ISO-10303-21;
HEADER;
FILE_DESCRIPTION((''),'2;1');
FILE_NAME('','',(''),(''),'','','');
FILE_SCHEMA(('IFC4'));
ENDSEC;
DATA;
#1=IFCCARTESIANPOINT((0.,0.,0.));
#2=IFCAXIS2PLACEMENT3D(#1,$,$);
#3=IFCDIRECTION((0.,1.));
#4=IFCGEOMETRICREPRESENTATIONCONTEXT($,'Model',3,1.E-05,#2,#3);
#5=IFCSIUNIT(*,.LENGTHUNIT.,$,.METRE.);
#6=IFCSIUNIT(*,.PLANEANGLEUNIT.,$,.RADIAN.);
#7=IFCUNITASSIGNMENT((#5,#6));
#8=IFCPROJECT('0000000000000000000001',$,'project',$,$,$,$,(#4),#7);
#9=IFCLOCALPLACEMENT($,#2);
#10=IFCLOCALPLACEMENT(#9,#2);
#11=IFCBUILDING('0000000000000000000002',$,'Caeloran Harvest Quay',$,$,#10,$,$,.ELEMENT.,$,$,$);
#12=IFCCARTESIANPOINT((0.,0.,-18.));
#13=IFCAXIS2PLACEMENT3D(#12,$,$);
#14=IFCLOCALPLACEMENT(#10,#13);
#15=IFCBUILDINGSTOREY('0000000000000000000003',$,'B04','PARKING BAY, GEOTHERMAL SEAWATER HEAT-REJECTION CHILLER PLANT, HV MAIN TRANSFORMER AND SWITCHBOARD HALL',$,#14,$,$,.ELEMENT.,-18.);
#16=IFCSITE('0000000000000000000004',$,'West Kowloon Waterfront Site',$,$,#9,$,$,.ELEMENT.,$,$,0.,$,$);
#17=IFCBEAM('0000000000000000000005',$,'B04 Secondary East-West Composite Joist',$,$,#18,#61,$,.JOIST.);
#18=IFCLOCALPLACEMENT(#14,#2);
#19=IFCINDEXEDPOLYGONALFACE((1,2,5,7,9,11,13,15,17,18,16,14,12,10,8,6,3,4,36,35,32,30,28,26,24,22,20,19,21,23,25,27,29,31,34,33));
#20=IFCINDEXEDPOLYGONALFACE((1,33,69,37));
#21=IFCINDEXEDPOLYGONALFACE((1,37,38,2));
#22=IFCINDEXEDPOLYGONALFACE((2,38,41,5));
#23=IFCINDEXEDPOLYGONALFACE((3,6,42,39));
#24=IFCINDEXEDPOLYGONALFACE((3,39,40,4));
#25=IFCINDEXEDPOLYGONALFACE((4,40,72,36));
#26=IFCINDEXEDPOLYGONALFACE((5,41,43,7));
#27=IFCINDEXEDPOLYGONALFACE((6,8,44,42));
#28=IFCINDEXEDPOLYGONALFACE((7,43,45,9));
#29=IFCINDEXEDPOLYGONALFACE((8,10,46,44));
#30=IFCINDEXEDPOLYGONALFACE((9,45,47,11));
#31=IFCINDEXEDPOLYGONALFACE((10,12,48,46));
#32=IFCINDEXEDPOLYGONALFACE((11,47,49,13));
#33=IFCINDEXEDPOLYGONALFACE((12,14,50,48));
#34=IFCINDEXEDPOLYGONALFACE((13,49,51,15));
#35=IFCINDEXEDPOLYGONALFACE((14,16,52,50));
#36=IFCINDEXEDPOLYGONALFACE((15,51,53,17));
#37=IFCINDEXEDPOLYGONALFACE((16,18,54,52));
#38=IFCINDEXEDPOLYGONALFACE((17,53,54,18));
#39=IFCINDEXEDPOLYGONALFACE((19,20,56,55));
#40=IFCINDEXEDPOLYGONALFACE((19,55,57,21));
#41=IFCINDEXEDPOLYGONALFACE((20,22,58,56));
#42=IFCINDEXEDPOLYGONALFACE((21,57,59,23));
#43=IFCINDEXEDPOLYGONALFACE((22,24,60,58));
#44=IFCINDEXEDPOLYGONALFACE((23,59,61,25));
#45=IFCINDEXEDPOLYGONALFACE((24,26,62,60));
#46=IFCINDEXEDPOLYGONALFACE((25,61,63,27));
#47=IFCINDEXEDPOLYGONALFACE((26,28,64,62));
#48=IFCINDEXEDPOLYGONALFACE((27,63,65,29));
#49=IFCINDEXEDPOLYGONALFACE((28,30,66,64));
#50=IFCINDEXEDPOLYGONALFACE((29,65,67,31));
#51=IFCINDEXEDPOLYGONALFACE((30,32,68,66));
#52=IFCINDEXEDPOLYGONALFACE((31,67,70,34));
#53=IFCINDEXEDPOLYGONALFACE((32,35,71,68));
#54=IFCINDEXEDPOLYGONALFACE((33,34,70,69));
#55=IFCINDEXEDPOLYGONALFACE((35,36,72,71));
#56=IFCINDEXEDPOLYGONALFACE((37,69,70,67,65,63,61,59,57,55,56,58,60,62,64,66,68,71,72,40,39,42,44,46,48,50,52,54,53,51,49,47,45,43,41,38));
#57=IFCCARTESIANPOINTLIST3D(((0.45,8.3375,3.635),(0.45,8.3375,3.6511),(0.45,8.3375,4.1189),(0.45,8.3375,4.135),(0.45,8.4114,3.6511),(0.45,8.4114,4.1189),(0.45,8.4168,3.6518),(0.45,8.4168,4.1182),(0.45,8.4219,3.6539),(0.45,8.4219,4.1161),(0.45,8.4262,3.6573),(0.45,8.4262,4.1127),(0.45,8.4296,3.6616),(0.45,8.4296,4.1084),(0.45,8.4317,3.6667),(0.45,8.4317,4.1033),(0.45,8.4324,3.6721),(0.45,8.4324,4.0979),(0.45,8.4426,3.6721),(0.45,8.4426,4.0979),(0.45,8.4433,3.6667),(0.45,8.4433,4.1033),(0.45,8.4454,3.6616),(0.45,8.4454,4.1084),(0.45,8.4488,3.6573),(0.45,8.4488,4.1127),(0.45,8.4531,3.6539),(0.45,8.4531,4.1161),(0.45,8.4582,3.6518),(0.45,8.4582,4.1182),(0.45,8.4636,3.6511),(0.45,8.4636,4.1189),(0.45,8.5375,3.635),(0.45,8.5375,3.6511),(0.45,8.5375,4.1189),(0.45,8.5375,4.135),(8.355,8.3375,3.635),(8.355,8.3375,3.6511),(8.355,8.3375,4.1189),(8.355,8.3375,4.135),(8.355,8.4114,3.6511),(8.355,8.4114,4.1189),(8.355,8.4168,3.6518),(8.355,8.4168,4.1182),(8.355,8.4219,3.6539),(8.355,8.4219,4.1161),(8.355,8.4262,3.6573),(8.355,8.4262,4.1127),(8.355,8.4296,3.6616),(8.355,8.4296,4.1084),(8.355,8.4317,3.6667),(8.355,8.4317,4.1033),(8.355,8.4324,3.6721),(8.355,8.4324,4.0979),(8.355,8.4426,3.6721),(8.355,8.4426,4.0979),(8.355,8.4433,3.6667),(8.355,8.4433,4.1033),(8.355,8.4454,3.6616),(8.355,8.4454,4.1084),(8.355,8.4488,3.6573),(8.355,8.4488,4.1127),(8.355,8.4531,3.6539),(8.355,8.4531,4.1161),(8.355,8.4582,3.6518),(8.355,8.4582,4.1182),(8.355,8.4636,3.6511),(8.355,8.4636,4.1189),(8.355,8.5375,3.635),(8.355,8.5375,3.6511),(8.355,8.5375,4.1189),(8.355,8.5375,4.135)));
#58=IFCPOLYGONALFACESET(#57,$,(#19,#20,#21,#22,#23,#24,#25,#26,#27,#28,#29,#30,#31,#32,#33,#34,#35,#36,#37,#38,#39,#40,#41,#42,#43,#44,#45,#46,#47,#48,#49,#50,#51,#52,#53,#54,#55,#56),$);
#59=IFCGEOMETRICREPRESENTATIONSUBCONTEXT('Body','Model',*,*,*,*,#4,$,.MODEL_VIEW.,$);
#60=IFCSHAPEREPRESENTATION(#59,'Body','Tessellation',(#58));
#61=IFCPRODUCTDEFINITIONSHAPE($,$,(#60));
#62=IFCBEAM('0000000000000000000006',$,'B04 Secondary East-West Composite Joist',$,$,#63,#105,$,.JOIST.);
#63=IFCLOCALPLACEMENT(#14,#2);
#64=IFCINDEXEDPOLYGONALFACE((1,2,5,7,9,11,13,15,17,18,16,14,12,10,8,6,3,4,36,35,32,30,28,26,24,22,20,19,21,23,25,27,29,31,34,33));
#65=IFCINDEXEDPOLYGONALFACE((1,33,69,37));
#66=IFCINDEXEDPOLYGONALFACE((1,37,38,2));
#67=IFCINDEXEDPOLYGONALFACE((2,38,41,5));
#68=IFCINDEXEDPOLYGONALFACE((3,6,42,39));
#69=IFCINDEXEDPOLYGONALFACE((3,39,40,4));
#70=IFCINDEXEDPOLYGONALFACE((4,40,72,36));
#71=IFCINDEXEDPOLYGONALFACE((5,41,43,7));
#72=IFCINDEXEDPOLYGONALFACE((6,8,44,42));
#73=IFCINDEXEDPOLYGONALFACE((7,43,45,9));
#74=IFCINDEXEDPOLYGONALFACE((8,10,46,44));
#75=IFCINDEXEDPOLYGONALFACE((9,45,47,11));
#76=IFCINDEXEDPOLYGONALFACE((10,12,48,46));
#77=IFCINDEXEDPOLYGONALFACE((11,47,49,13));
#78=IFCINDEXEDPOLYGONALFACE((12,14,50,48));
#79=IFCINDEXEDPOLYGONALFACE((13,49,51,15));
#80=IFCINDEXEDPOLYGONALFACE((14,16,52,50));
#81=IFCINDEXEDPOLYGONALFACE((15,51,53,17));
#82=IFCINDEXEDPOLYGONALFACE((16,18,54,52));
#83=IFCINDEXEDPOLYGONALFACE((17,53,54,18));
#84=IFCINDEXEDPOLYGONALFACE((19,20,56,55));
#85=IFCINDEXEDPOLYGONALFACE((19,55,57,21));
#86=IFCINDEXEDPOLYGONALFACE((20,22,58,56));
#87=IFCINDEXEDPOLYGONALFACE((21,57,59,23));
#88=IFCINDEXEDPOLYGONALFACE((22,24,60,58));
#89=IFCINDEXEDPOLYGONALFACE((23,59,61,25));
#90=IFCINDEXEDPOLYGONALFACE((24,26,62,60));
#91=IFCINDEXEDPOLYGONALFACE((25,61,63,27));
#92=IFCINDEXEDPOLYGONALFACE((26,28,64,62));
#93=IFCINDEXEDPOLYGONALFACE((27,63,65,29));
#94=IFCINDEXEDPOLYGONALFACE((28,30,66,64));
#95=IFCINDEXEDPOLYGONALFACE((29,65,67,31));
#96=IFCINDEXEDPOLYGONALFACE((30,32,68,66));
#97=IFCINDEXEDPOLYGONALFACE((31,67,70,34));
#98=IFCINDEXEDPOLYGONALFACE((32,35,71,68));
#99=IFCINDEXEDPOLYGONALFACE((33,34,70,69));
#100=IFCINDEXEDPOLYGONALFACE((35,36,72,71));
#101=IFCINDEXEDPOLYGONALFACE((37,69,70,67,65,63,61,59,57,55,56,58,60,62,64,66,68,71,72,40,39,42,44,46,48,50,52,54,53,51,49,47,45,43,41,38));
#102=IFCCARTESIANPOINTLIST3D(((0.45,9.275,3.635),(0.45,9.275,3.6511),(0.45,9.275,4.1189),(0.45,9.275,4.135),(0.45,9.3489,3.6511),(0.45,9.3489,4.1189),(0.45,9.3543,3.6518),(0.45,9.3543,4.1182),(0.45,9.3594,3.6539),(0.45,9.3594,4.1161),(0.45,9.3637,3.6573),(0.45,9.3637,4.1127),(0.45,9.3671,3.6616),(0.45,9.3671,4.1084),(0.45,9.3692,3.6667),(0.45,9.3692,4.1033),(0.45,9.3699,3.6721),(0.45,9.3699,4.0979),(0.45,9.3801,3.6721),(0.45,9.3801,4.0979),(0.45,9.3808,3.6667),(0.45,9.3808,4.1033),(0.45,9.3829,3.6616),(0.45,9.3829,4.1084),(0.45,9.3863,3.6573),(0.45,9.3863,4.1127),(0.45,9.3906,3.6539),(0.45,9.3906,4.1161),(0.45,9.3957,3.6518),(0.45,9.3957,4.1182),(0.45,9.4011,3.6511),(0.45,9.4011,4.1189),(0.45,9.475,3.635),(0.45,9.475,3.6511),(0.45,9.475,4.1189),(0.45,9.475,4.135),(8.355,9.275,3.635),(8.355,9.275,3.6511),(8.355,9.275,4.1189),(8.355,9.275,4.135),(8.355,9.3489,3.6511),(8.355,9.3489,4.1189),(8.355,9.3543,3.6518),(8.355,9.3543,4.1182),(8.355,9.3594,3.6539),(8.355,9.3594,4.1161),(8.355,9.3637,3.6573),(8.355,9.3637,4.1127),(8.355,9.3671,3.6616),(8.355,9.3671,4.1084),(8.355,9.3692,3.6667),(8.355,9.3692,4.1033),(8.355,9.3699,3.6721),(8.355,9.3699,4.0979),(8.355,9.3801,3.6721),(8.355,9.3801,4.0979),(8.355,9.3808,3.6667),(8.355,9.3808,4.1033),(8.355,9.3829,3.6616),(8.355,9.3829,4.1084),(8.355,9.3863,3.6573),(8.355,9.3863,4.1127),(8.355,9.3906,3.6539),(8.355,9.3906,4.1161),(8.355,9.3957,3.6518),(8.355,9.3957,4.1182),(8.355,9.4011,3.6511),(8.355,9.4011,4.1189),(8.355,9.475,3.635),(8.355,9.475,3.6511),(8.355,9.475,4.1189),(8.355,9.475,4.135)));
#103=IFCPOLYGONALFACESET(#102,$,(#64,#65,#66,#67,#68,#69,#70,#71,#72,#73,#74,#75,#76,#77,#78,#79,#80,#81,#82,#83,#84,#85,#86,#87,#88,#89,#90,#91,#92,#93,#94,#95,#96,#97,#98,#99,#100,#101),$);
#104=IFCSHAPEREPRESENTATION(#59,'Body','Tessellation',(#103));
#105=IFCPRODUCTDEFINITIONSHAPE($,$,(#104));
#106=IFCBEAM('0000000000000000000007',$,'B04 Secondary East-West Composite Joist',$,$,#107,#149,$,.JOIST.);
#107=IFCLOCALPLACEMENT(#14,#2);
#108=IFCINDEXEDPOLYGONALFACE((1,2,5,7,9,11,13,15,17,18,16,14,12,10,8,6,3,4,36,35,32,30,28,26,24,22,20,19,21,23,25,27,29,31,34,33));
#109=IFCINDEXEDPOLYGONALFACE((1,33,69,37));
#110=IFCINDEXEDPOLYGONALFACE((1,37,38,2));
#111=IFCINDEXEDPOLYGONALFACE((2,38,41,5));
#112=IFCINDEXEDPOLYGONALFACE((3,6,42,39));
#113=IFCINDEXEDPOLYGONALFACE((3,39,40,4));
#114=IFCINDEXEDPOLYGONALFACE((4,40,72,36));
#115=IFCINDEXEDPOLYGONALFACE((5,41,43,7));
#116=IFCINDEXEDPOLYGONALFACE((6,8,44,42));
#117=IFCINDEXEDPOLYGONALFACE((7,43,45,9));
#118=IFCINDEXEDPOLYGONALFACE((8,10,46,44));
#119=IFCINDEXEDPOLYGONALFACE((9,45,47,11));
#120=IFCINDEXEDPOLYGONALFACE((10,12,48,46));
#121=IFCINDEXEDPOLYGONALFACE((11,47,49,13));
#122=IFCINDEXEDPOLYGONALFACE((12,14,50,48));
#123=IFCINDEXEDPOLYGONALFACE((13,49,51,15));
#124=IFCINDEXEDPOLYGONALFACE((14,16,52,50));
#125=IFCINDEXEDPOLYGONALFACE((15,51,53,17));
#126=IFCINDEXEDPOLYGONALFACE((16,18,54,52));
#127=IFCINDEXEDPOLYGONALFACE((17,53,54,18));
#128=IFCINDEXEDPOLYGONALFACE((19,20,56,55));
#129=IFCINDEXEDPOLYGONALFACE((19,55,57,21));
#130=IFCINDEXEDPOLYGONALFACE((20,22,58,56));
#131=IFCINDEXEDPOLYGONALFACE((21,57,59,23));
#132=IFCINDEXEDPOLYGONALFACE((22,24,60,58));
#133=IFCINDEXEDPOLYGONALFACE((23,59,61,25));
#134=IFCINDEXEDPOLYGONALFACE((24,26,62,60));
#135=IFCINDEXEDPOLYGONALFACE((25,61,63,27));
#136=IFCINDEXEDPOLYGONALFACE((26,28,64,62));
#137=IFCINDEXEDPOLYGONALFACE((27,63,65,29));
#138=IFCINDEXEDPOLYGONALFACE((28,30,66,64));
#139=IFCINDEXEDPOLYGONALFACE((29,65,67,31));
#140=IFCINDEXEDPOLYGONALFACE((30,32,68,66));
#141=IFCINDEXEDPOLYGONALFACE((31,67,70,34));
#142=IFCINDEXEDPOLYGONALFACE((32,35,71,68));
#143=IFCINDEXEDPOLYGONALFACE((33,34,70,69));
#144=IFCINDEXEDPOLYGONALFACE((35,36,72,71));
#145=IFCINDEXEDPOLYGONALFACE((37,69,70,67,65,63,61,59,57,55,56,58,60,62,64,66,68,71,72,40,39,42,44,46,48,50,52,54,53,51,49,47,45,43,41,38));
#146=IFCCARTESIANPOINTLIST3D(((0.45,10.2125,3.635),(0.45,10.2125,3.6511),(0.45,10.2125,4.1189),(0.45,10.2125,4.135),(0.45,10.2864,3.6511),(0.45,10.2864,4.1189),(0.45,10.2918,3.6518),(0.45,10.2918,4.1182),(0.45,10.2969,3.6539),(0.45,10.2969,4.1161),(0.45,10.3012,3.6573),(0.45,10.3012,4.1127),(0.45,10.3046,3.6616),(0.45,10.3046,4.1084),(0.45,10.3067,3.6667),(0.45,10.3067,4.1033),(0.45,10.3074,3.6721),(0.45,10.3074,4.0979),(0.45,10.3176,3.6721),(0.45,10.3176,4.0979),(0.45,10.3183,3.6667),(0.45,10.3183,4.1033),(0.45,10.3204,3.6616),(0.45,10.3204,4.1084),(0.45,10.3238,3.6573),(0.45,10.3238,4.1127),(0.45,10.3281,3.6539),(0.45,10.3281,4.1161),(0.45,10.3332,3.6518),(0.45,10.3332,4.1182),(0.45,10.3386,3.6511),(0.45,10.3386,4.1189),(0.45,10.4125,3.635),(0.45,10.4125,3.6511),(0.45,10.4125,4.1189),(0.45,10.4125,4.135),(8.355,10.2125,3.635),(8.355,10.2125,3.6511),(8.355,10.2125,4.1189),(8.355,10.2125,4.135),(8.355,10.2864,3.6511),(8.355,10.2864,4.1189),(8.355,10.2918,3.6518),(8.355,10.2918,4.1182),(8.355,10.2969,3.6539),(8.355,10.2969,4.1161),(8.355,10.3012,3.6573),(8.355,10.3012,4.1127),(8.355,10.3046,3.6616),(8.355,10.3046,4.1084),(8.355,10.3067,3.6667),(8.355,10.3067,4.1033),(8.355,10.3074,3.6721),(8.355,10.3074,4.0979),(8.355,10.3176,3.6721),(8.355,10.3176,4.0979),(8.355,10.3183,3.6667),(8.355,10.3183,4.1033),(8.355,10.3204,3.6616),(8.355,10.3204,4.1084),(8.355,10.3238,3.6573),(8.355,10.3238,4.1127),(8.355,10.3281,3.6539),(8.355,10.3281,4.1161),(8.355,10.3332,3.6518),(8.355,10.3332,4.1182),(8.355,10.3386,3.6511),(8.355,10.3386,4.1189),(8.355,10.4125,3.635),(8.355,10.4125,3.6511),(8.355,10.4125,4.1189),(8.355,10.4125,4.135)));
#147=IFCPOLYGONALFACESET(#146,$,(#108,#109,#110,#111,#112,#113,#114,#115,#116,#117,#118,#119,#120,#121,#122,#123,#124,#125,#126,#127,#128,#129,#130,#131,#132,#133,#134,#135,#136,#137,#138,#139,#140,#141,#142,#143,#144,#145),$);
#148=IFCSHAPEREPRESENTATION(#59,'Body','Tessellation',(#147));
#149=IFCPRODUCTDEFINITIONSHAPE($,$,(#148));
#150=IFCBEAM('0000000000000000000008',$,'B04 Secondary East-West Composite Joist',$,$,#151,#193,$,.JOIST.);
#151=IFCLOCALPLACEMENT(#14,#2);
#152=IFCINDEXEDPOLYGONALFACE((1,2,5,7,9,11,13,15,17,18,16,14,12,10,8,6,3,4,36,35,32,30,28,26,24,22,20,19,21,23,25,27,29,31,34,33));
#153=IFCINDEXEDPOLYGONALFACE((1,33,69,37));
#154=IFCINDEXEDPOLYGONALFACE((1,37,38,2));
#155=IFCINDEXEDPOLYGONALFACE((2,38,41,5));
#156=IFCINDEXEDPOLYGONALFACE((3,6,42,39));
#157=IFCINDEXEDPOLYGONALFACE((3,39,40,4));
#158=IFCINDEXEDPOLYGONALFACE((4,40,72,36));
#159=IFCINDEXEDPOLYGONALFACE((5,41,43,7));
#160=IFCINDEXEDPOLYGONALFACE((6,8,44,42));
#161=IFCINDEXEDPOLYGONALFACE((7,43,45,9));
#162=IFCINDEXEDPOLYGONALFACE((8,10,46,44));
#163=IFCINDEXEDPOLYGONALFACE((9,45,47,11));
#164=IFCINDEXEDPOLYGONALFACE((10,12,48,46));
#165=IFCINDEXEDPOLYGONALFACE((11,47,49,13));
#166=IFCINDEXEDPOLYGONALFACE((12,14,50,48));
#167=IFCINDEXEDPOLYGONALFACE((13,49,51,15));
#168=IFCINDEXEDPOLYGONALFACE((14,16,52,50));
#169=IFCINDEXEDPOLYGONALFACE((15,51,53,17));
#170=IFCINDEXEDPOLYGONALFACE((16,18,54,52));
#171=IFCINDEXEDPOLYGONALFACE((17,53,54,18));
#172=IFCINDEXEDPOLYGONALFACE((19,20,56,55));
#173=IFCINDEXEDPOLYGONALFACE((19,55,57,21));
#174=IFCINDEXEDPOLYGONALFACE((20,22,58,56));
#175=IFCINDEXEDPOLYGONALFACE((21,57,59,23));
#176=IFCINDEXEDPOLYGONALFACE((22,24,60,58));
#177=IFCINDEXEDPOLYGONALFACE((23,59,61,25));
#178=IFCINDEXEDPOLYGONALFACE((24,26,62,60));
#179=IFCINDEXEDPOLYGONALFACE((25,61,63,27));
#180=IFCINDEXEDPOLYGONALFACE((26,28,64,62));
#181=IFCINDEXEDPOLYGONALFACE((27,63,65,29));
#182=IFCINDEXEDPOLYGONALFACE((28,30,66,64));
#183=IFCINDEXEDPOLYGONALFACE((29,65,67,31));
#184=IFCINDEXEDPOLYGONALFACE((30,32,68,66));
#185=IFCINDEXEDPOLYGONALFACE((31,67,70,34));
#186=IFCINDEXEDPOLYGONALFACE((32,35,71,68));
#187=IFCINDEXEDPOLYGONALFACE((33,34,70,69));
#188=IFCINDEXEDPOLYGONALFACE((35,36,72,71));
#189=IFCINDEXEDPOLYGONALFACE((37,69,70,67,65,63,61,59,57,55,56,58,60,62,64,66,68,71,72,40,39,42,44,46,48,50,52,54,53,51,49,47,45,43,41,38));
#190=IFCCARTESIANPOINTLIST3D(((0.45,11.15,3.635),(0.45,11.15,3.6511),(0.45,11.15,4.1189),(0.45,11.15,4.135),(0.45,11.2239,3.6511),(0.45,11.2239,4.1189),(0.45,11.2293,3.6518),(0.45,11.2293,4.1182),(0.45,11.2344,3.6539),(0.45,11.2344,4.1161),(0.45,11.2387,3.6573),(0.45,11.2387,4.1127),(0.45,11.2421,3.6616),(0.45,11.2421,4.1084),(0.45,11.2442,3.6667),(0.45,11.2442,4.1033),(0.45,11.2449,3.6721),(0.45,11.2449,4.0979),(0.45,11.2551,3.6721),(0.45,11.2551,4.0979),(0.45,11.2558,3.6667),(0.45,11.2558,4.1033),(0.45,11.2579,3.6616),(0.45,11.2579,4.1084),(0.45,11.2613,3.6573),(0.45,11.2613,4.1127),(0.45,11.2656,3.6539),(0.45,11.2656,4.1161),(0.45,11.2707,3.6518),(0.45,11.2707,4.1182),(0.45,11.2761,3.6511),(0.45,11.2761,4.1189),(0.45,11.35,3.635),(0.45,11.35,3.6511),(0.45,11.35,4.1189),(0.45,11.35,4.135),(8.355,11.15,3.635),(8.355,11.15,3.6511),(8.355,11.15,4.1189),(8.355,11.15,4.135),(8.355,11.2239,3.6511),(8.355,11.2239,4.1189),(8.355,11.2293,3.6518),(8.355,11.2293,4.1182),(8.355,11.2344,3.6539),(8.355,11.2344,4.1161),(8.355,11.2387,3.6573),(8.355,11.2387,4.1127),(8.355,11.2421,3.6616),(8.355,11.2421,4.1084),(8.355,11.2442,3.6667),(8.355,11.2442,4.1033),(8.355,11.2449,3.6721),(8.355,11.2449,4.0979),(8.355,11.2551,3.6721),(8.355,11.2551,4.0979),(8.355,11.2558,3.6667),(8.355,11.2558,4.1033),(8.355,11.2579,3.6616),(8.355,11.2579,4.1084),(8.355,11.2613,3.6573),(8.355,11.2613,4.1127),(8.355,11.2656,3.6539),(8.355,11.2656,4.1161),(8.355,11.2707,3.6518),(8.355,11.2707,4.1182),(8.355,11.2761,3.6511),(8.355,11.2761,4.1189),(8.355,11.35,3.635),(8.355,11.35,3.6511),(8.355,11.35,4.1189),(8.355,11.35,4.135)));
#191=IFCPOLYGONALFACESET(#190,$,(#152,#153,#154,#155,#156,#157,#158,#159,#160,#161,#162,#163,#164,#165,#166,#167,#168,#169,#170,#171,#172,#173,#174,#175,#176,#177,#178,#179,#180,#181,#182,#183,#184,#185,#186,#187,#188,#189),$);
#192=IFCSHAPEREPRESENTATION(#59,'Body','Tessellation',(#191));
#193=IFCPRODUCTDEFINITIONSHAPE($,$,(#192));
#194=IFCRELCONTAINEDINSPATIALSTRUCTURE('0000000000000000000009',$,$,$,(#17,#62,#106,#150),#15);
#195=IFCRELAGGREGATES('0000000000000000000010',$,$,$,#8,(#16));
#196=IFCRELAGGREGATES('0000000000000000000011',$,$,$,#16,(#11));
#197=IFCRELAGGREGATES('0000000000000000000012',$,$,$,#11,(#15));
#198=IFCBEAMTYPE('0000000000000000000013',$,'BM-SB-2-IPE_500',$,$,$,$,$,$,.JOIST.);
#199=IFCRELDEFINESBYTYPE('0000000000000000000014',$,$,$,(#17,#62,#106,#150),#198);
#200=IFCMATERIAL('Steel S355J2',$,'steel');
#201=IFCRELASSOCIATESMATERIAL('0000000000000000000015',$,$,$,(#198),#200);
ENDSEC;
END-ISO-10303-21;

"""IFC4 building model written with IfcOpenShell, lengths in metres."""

from ifc_helpers import new_model, si_unit, direction, frame, origin, origin_2d, place, context, subcontext, project, spatial, i_section, extrude, material, material_profile, profile_set, type_object, element, save


model = new_model("IFC4")

# Units and contexts
model_context = context("Model", 3, precision=1e-05, world=origin(), true_north=direction((0.0, 1.0)))
body_context = subcontext(model_context, "Body", "Model", "MODEL_VIEW")
ifc_project = project(units=[si_unit("LENGTHUNIT", "METRE"), si_unit("PLANEANGLEUNIT", "RADIAN")], contexts=[model_context])

# Site, building, storey
site_placement = place(None, origin())
site = spatial("IfcSite", under=ifc_project, at=site_placement, Name="West Kowloon Waterfront Site", CompositionType="ELEMENT", RefElevation=0.0)
building_placement = place(site_placement, origin())
building = spatial("IfcBuilding", under=site, at=building_placement, Name="Caeloran Harvest Quay", CompositionType="ELEMENT")
storey_placement = place(building_placement, frame((0.0, 0.0, -18.0)))
storey = spatial("IfcBuildingStorey", under=building, at=storey_placement, Name="B04", Description="PARKING BAY, GEOTHERMAL SEAWATER HEAT-REJECTION CHILLER PLANT, HV MAIN TRANSFORMER AND SWITCHBOARD HALL", CompositionType="ELEMENT", Elevation=-18.0)

# Beams
ifc_material_1 = material(Name="Steel S355J2", Category="steel")
ifc_material_profile_1 = material_profile(ifc_material_1, i_section(OverallWidth=0.2, OverallDepth=0.5, WebThickness=0.0103, FlangeThickness=0.0161, FilletRadius=0.021, at=origin_2d()), Name="IPE 500")
ifc_profile_set_1 = profile_set([ifc_material_profile_1], Name="Steel S355J2")
beam_type_1 = type_object("IfcBeamType", Name="BM-SB-2-IPE_500", PredefinedType="JOIST", material=ifc_profile_set_1)
for number, where, z_axis, x_axis, name in (
    (1, (0.45, 8.4375, 3.885), (1.0, 0.0, 0.0), (0.0, 1.0, 0.0), "B04 Secondary East-West Composite Joist"),
    (2, (0.45, 9.375, 3.885), (1.0, 0.0, 0.0), (0.0, 1.0, 0.0), "B04 Secondary East-West Composite Joist"),
    (3, (0.45, 10.3125, 3.885), (1.0, 0.0, 0.0), (0.0, 1.0, 0.0), "B04 Secondary East-West Composite Joist"),
    (4, (0.45, 11.25, 3.885), (1.0, 0.0, 0.0), (0.0, 1.0, 0.0), "B04 Secondary East-West Composite Joist"),
):
    element("IfcBeam", number, at=place(storey_placement, frame(where, z_axis=z_axis, x_axis=x_axis)), inside=storey, type_object=beam_type_1, Name=name, PredefinedType="JOIST", context=body_context, shape_type="SweptSolid", body=[
        extrude(i_section(OverallWidth=0.2, OverallDepth=0.5, WebThickness=0.0103, FlangeThickness=0.0161, FilletRadius=0.021, at=origin_2d()), origin(), (0.0, 0.0, 1.0), 7.905),
    ])

save(model, "model.ifc")
